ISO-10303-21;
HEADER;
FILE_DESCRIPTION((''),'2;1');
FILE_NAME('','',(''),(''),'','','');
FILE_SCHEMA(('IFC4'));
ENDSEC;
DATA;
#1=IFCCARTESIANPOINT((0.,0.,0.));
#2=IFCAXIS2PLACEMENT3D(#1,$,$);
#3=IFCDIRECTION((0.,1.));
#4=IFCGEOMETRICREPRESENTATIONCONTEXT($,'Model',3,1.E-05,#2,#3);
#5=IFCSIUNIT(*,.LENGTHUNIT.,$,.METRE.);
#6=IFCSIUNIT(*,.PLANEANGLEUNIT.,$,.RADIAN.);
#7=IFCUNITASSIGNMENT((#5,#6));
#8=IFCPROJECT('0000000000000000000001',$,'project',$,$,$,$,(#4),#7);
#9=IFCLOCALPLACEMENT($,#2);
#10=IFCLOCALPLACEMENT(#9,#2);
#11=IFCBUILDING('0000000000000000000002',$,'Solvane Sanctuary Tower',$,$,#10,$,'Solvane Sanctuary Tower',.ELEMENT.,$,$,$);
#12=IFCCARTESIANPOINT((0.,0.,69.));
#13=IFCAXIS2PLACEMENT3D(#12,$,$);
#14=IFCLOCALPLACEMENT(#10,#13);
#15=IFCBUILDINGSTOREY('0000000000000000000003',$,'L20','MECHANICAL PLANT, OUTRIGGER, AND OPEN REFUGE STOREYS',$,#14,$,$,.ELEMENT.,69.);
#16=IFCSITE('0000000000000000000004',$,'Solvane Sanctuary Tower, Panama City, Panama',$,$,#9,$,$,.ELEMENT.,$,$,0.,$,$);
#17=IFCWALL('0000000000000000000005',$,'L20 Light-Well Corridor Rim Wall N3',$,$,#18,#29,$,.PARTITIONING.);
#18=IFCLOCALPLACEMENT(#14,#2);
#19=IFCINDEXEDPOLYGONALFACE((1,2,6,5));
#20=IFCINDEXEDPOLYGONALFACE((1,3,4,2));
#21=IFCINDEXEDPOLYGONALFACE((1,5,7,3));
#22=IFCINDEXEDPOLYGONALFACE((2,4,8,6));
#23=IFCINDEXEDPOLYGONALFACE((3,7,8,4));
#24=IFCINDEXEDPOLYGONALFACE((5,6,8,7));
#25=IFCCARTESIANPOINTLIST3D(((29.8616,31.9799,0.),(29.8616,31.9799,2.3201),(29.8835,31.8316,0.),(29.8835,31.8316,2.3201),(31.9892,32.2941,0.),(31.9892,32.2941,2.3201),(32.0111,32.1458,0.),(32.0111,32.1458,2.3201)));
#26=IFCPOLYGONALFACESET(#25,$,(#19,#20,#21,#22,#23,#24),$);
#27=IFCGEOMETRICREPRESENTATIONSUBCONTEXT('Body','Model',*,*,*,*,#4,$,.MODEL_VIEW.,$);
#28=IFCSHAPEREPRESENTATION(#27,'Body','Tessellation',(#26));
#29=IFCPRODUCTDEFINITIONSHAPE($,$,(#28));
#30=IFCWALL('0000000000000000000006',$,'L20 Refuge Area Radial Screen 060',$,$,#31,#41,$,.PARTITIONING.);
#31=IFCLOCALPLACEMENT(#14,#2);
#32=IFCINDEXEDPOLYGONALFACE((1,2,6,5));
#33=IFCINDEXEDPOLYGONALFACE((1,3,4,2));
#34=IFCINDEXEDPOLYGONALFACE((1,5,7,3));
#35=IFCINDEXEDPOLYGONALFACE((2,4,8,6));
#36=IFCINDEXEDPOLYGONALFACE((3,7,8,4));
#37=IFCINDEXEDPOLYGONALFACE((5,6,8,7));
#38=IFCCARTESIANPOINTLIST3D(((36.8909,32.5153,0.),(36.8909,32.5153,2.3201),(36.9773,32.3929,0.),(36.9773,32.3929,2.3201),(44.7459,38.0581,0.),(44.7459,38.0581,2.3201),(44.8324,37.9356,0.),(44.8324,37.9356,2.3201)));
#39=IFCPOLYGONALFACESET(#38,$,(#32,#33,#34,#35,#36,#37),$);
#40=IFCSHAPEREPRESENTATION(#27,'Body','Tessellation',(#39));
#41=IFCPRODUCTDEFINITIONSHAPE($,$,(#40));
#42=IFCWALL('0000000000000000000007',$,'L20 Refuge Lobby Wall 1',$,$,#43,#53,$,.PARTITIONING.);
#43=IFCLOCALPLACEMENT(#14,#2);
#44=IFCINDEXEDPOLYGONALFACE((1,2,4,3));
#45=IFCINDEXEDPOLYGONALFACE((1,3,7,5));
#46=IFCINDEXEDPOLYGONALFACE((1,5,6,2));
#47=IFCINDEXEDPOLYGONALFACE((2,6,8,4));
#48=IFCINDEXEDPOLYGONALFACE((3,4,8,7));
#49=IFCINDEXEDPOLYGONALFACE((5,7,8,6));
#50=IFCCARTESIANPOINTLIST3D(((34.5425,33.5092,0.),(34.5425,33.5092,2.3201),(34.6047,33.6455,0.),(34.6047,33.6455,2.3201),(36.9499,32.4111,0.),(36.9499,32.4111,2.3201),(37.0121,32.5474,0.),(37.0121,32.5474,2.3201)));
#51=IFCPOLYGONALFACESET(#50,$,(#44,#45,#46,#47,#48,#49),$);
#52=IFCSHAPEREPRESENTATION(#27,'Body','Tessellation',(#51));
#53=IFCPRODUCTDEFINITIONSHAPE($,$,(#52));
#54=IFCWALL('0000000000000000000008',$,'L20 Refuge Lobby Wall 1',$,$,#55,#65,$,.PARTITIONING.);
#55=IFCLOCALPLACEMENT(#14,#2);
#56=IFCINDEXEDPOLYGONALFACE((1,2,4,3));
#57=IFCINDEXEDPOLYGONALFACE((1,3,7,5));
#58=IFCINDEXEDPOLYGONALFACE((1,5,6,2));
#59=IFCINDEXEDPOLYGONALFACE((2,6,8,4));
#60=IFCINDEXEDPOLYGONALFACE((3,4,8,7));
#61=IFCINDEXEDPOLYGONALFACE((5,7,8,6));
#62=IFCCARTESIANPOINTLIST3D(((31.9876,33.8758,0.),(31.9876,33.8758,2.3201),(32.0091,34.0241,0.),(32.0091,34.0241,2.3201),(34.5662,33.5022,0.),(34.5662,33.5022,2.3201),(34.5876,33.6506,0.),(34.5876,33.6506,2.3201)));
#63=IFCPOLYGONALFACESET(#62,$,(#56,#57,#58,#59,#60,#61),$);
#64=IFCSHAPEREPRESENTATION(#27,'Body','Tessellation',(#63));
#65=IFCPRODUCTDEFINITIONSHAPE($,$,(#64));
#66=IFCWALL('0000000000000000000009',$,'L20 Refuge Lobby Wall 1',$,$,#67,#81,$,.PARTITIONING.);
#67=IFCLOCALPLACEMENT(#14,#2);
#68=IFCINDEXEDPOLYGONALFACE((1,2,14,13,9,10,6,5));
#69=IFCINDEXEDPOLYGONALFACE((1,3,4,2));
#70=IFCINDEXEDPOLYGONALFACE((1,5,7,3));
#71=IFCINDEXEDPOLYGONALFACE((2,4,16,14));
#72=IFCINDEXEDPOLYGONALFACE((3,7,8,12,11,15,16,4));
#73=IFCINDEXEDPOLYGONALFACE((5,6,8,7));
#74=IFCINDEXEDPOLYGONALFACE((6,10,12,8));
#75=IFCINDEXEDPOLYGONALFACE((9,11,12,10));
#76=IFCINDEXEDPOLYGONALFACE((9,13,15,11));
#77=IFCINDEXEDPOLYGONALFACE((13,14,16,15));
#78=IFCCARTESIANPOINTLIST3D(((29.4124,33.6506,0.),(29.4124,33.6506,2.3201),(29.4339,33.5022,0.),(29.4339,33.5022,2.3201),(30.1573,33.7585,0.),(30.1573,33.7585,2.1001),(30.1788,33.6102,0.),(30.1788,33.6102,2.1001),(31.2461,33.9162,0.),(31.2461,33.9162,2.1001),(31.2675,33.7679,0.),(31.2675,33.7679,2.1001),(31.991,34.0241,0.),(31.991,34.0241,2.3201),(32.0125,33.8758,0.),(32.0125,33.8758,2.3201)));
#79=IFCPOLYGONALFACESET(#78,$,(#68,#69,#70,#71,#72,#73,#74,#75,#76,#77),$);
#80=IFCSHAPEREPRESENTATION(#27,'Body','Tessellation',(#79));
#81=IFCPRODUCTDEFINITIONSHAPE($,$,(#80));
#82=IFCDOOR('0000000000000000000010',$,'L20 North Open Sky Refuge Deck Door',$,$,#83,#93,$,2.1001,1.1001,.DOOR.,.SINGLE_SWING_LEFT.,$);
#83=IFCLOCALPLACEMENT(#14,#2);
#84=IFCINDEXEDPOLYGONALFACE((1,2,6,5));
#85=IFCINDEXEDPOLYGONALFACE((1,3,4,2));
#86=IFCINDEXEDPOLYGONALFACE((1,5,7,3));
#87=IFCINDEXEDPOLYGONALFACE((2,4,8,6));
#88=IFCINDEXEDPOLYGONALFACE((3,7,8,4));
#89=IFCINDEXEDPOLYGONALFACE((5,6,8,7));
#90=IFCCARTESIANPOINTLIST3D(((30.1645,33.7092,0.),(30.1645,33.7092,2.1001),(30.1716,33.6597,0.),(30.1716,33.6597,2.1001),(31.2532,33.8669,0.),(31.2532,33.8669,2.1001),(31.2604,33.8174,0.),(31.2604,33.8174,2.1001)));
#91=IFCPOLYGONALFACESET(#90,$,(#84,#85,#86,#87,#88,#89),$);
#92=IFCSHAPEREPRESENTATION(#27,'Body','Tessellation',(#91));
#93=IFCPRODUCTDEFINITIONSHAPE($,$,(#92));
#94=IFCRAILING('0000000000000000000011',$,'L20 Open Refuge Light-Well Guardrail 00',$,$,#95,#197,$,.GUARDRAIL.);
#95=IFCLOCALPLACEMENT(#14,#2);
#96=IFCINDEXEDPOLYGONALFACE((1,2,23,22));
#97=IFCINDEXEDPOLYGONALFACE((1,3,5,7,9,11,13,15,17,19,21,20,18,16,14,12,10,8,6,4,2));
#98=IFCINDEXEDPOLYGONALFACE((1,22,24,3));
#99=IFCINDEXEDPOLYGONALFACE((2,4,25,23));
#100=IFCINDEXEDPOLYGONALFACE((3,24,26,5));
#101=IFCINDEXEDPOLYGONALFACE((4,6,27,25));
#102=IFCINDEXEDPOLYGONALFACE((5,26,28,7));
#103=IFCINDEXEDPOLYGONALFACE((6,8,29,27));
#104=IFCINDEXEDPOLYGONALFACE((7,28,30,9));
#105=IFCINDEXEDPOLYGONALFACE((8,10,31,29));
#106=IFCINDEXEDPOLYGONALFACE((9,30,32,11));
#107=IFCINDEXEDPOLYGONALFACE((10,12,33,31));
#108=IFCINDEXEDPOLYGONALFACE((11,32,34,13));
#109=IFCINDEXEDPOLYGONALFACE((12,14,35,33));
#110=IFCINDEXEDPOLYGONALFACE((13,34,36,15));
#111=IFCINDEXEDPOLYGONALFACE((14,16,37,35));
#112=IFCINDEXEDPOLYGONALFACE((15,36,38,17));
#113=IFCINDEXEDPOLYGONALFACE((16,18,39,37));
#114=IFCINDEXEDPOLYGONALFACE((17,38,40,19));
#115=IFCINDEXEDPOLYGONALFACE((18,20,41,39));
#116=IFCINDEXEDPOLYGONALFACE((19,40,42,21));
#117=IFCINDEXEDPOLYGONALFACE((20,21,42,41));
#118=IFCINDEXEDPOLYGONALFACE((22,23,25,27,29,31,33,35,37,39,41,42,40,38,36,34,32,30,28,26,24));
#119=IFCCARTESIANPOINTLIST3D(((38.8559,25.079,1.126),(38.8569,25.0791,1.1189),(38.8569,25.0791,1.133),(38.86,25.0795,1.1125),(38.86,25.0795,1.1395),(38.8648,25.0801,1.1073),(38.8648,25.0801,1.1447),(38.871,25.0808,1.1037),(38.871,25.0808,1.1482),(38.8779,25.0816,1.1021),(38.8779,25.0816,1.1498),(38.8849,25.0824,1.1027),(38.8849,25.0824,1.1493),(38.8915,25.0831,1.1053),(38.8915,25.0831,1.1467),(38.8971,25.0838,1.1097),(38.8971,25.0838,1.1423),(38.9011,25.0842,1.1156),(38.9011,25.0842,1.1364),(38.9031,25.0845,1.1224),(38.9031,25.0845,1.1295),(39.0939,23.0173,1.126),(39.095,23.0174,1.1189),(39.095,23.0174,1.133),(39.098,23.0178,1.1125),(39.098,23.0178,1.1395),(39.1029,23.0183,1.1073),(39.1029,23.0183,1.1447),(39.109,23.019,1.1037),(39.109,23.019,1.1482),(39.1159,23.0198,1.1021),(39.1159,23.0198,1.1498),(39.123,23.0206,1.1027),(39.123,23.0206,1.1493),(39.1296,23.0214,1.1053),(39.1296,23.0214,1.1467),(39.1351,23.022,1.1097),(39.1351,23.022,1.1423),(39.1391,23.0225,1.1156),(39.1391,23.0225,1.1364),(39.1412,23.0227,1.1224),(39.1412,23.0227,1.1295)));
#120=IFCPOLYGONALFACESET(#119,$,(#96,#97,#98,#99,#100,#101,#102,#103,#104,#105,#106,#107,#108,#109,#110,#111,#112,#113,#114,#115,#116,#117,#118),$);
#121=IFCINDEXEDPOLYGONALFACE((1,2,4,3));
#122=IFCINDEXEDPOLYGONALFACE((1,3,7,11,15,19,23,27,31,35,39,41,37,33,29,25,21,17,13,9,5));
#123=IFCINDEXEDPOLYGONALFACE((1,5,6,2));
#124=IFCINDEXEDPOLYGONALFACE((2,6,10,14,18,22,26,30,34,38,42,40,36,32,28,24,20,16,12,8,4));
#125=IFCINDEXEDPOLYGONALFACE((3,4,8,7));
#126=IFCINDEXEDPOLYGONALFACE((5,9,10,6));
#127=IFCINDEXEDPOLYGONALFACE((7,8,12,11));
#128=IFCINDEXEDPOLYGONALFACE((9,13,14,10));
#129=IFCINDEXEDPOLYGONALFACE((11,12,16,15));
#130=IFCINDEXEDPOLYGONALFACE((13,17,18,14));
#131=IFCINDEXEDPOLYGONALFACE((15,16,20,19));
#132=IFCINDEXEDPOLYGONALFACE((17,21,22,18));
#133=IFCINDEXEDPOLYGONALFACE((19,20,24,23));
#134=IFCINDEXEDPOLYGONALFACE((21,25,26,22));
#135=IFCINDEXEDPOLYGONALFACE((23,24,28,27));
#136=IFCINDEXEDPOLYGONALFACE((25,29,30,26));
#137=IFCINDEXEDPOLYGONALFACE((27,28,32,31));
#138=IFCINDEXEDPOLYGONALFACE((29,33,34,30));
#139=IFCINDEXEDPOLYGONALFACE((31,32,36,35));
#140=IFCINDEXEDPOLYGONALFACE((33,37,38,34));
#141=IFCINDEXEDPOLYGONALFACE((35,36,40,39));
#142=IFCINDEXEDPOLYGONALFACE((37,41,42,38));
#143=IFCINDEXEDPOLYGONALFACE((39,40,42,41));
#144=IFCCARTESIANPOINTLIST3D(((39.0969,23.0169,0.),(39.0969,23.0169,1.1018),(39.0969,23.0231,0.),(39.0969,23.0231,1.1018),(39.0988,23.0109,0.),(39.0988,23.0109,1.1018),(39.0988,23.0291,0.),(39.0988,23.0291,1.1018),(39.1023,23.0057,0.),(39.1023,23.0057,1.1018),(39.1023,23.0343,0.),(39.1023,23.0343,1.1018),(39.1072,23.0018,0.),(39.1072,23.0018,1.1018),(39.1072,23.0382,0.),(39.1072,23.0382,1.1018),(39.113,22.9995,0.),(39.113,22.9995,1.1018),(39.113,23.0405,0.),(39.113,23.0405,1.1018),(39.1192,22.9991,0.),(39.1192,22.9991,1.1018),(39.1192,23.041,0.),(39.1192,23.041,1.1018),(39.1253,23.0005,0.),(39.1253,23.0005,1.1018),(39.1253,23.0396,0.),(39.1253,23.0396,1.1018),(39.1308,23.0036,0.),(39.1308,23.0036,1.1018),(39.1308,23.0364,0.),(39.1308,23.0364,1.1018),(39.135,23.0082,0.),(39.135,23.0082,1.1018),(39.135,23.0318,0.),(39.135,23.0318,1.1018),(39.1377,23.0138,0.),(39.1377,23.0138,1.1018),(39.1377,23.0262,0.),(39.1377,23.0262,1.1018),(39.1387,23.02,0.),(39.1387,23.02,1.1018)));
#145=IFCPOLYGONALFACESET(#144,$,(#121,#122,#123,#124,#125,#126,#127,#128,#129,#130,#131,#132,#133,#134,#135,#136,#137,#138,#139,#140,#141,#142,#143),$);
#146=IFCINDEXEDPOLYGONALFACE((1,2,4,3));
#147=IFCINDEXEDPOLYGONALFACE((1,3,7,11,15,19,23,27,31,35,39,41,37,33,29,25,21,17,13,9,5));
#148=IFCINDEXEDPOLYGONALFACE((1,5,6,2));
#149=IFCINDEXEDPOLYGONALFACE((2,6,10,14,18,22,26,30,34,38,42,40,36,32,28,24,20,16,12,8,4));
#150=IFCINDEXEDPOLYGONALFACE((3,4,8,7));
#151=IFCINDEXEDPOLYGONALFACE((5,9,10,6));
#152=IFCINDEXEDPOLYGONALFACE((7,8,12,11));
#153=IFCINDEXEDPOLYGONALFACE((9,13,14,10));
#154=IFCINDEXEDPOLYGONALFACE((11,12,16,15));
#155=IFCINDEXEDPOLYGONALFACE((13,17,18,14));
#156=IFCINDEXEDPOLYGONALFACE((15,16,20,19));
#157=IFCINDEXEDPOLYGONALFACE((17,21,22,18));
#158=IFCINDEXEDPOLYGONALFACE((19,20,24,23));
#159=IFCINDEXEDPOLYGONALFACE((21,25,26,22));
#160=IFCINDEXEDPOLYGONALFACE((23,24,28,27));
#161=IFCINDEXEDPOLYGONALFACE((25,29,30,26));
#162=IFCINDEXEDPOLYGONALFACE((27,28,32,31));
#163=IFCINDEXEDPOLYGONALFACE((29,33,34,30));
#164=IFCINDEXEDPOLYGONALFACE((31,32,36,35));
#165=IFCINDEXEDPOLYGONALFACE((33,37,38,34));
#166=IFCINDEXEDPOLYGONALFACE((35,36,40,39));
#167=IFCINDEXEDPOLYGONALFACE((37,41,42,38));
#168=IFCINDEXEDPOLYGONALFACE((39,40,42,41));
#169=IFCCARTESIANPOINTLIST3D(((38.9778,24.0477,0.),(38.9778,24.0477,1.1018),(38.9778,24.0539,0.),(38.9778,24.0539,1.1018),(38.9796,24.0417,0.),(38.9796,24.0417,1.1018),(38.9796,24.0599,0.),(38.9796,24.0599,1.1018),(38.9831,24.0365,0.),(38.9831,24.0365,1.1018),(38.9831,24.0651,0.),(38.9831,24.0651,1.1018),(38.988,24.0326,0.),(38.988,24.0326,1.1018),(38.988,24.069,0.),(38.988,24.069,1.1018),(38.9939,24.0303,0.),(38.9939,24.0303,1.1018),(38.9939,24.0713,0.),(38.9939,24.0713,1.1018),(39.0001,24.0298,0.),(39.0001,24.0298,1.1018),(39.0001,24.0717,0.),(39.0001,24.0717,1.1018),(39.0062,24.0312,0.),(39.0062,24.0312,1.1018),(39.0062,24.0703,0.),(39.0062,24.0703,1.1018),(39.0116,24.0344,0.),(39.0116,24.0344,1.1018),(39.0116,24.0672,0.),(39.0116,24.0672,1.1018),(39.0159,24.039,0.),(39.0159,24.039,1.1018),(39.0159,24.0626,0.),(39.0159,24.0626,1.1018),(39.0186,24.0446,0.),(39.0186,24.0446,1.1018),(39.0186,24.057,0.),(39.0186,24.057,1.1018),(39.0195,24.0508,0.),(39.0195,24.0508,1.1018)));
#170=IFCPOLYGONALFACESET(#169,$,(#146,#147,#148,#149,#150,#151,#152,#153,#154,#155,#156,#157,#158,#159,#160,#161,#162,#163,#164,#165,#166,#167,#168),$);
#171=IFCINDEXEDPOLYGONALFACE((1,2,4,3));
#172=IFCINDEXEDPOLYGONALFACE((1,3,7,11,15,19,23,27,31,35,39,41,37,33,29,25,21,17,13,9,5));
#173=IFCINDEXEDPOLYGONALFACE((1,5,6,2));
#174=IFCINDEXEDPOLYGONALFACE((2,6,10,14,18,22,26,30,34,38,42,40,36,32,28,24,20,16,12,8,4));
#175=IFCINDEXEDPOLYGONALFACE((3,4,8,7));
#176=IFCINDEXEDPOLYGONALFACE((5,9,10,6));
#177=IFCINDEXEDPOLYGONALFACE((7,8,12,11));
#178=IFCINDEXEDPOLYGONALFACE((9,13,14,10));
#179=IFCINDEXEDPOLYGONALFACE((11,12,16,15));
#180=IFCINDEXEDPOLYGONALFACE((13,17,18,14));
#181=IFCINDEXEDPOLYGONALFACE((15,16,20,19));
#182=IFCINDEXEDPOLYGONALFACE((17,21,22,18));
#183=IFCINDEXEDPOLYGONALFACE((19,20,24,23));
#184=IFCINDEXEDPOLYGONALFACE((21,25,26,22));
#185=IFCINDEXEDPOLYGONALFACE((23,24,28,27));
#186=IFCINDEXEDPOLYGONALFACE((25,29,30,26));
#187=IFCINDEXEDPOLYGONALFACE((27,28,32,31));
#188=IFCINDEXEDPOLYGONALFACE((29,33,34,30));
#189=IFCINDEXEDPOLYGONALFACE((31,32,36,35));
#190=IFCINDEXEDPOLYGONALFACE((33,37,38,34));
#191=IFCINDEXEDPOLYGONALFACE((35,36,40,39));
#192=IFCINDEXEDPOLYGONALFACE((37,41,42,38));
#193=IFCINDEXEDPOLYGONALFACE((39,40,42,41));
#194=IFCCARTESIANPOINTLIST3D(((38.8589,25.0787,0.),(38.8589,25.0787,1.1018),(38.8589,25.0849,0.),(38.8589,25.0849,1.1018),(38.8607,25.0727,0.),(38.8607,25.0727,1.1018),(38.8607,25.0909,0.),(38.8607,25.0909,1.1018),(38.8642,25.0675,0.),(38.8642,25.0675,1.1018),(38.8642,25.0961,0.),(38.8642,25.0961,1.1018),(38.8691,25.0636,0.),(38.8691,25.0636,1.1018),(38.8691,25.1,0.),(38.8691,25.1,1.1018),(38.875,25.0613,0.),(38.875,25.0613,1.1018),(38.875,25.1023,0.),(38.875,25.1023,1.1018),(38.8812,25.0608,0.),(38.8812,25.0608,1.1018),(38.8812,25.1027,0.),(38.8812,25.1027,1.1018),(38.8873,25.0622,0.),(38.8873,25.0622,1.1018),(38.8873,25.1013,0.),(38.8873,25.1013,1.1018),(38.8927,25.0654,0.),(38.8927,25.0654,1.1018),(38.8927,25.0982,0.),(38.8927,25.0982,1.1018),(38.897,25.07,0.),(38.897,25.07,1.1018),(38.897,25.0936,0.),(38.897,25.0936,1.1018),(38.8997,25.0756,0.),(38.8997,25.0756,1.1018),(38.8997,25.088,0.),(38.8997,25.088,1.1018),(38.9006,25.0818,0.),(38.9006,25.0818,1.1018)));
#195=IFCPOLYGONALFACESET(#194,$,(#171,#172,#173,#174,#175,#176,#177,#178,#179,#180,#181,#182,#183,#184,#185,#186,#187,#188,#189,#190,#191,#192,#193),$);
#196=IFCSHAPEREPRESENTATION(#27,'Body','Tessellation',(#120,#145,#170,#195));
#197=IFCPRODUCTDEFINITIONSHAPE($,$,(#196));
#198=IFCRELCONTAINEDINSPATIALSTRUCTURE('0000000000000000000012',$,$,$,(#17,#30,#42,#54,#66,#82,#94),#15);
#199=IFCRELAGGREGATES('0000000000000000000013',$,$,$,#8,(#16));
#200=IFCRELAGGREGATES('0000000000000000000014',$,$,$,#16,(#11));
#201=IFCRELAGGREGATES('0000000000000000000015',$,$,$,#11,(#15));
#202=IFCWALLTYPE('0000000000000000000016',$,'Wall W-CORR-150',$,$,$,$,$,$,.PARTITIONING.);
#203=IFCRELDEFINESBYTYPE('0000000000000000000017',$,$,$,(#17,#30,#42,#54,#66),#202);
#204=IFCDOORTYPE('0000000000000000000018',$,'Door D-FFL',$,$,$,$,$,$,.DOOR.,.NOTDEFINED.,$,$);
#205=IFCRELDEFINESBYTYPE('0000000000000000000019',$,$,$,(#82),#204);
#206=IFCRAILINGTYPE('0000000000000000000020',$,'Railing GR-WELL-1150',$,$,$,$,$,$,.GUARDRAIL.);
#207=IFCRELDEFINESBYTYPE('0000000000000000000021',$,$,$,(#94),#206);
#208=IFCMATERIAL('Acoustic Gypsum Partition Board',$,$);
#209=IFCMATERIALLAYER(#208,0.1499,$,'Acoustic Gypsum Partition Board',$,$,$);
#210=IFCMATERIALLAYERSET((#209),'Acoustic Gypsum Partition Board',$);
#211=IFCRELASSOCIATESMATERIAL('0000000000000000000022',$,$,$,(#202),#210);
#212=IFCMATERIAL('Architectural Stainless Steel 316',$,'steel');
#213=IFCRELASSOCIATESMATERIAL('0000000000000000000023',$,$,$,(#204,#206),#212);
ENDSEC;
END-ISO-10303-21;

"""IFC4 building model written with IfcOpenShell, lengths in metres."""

from ifc_helpers import new_model, si_unit, direction, frame, frame_2d, origin, origin_2d, place, context, subcontext, project, spatial, rectangle, circle, extrude, material, layer, layer_set, type_object, element, fill, save


model = new_model("IFC4")

# Units and contexts
model_context = context("Model", 3, precision=1e-05, world=origin(), true_north=direction((0.0, 1.0)))
body_context = subcontext(model_context, "Body", "Model", "MODEL_VIEW")
ifc_project = project(units=[si_unit("LENGTHUNIT", "METRE"), si_unit("PLANEANGLEUNIT", "RADIAN")], contexts=[model_context])

# Site, building, storey
site_placement = place(None, origin())
site = spatial("IfcSite", under=ifc_project, at=site_placement, Name="Solvane Sanctuary Tower, Panama City, Panama", CompositionType="ELEMENT", RefElevation=0.0)
building_placement = place(site_placement, origin())
building = spatial("IfcBuilding", under=site, at=building_placement, Name="Solvane Sanctuary Tower", LongName="Solvane Sanctuary Tower", CompositionType="ELEMENT")
storey_placement = place(building_placement, frame((0.0, 0.0, 69.0)))
storey = spatial("IfcBuildingStorey", under=building, at=storey_placement, Name="L20", Description="MECHANICAL PLANT, OUTRIGGER, AND OPEN REFUGE STOREYS", CompositionType="ELEMENT", Elevation=69.0)

# Shared definitions
ifc_material_1 = material(Name="Acoustic Gypsum Partition Board")
ifc_layer = layer(ifc_material_1, 0.1499, Name="Acoustic Gypsum Partition Board")
ifc_layer_set = layer_set([ifc_layer], Name="Acoustic Gypsum Partition Board")
wall_type = type_object("IfcWallType", Name="Wall W-CORR-150", PredefinedType="PARTITIONING", material=ifc_layer_set)

# Shared definitions
ifc_material_2 = material(Name="Architectural Stainless Steel 316", Category="steel")
door_type = type_object("IfcDoorType", Name="Door D-FFL", OperationType="NOTDEFINED", PredefinedType="DOOR", material=ifc_material_2)

# Walls
for number, where, z_axis, x_axis, name in (
    (1, (32.0, 32.22, 0.0), (0.0, 0.0, 1.0), (-0.989269, -0.146108, 0.0), "L20 Light-Well Corridor Rim Wall N3"),
):
    element("IfcWall", number, at=place(storey_placement, frame(where, z_axis=z_axis, x_axis=x_axis)), inside=storey, type_object=wall_type, Name=name, PredefinedType="PARTITIONING", context=body_context, shape_type="SweptSolid", body=[
        extrude(rectangle(XDim=2.1506, YDim=0.1499, at=frame_2d((1.0752, 0.0))), origin(), (0.0, 0.0, 1.0), 2.3201),
    ])
wall_1_placement = place(storey_placement, frame((36.9341, 32.4541, 0.0), z_axis=(0.0, 0.0, 1.0), x_axis=(0.817064, 0.576547, 0.0)))
element("IfcWall", 2, at=wall_1_placement, inside=storey, type_object=wall_type, Name="L20 Refuge Area Radial Screen 060", PredefinedType="PARTITIONING", context=body_context, shape_type="SweptSolid", body=[
    extrude(rectangle(XDim=9.6138, YDim=0.1499, at=frame_2d((4.8069, 0.0))), origin(), (0.0, 0.0, 1.0), 2.3201),
])
wall_2_placement = place(storey_placement, frame((36.981, 32.4792, 0.0), z_axis=(0.0, 0.0, 1.0), x_axis=(-0.909819, 0.415005, 0.0)))
element("IfcWall", 3, at=wall_2_placement, inside=storey, type_object=wall_type, Name="L20 Refuge Lobby Wall 1", PredefinedType="PARTITIONING", context=body_context, shape_type="SweptSolid", body=[
    extrude(rectangle(XDim=2.646, YDim=0.1499, at=frame_2d((1.323, 0.0))), origin(), (0.0, 0.0, 1.0), 2.3201),
])
wall_3_placement = place(storey_placement, frame((34.5769, 33.5764, 0.0), z_axis=(0.0, 0.0, 1.0), x_axis=(-0.98967, 0.143363, 0.0)))
element("IfcWall", 4, at=wall_3_placement, inside=storey, type_object=wall_type, Name="L20 Refuge Lobby Wall 1", PredefinedType="PARTITIONING", context=body_context, shape_type="SweptSolid", body=[
    extrude(rectangle(XDim=2.6055, YDim=0.1499, at=frame_2d((1.3027, 0.0))), origin(), (0.0, 0.0, 1.0), 2.3201),
])

# Wall, opening, door
wall_4_placement = place(storey_placement, frame((32.0017, 33.95, 0.0), z_axis=(0.0, 0.0, 1.0), x_axis=(-0.98967, -0.143363, 0.0)))
wall_4 = element("IfcWall", 5, at=wall_4_placement, inside=storey, type_object=wall_type, Name="L20 Refuge Lobby Wall 1", PredefinedType="PARTITIONING", context=body_context, shape_type="SweptSolid", body=[
    extrude(rectangle(XDim=2.6055, YDim=0.1499, at=frame_2d((1.3027, 0.0))), origin(), (0.0, 0.0, 1.0), 2.3201),
])
opening_1_placement = place(wall_4_placement, frame((0.7527, 0.0, 0.0)))
opening_1 = element("IfcOpeningElement", 6, at=opening_1_placement, cuts=wall_4, PredefinedType="OPENING", context=body_context, shape_type="SweptSolid", body=[
    extrude(rectangle(XDim=1.1001, YDim=2.1001, at=frame_2d((0.55, 1.05))), frame((0.0, 0.085, 0.0), z_axis=(0.0, -1.0, 0.0), x_axis=(1.0, 0.0, 0.0)), (0.0, 0.0, 1.0), 0.1699),
])
door_1_placement = place(opening_1_placement, origin())
door_1 = element("IfcDoor", 7, at=door_1_placement, inside=storey, type_object=door_type, Name="L20 North Open Sky Refuge Deck Door", OperationType="SINGLE_SWING_LEFT", OverallHeight=2.1001, OverallWidth=1.1001, PredefinedType="DOOR", context=body_context, shape_type="SweptSolid", body=[
    extrude(rectangle(XDim=1.1001, YDim=2.1001, at=frame_2d((0.55, 1.05))), frame((0.0, 0.0249, 0.0), z_axis=(0.0, -1.0, 0.0), x_axis=(1.0, 0.0, 0.0)), (0.0, 0.0, 1.0), 0.05),
])
fill(opening_1, door_1)

# Railing
railing_type_1 = type_object("IfcRailingType", Name="Railing GR-WELL-1150", PredefinedType="GUARDRAIL", material=ifc_material_2)
railing_1_placement = place(storey_placement, frame((39.1177, 23.02, 0.0)))
element("IfcRailing", 8, at=railing_1_placement, inside=storey, type_object=railing_type_1, Name="L20 Open Refuge Light-Well Guardrail 00", PredefinedType="GUARDRAIL", context=body_context, shape_type="SweptSolid", body=[
    extrude(circle(Radius=0.0239, at=origin_2d()), frame((0.0, 0.0, 1.126), z_axis=(-0.114691, 0.993401, 0.0), x_axis=(-0.993401, -0.114691, 0.0)), (0.0, 0.0, 1.0), 2.0754),
    extrude(circle(Radius=0.021, at=origin_2d()), origin(), (0.0, 0.0, 1.0), 1.1018),
    extrude(circle(Radius=0.021, at=origin_2d()), frame((-0.1191, 1.0308, 0.0)), (0.0, 0.0, 1.0), 1.1018),
    extrude(circle(Radius=0.021, at=origin_2d()), frame((-0.238, 2.0618, 0.0)), (0.0, 0.0, 1.0), 1.1018),
])

save(model, "model.ifc")
